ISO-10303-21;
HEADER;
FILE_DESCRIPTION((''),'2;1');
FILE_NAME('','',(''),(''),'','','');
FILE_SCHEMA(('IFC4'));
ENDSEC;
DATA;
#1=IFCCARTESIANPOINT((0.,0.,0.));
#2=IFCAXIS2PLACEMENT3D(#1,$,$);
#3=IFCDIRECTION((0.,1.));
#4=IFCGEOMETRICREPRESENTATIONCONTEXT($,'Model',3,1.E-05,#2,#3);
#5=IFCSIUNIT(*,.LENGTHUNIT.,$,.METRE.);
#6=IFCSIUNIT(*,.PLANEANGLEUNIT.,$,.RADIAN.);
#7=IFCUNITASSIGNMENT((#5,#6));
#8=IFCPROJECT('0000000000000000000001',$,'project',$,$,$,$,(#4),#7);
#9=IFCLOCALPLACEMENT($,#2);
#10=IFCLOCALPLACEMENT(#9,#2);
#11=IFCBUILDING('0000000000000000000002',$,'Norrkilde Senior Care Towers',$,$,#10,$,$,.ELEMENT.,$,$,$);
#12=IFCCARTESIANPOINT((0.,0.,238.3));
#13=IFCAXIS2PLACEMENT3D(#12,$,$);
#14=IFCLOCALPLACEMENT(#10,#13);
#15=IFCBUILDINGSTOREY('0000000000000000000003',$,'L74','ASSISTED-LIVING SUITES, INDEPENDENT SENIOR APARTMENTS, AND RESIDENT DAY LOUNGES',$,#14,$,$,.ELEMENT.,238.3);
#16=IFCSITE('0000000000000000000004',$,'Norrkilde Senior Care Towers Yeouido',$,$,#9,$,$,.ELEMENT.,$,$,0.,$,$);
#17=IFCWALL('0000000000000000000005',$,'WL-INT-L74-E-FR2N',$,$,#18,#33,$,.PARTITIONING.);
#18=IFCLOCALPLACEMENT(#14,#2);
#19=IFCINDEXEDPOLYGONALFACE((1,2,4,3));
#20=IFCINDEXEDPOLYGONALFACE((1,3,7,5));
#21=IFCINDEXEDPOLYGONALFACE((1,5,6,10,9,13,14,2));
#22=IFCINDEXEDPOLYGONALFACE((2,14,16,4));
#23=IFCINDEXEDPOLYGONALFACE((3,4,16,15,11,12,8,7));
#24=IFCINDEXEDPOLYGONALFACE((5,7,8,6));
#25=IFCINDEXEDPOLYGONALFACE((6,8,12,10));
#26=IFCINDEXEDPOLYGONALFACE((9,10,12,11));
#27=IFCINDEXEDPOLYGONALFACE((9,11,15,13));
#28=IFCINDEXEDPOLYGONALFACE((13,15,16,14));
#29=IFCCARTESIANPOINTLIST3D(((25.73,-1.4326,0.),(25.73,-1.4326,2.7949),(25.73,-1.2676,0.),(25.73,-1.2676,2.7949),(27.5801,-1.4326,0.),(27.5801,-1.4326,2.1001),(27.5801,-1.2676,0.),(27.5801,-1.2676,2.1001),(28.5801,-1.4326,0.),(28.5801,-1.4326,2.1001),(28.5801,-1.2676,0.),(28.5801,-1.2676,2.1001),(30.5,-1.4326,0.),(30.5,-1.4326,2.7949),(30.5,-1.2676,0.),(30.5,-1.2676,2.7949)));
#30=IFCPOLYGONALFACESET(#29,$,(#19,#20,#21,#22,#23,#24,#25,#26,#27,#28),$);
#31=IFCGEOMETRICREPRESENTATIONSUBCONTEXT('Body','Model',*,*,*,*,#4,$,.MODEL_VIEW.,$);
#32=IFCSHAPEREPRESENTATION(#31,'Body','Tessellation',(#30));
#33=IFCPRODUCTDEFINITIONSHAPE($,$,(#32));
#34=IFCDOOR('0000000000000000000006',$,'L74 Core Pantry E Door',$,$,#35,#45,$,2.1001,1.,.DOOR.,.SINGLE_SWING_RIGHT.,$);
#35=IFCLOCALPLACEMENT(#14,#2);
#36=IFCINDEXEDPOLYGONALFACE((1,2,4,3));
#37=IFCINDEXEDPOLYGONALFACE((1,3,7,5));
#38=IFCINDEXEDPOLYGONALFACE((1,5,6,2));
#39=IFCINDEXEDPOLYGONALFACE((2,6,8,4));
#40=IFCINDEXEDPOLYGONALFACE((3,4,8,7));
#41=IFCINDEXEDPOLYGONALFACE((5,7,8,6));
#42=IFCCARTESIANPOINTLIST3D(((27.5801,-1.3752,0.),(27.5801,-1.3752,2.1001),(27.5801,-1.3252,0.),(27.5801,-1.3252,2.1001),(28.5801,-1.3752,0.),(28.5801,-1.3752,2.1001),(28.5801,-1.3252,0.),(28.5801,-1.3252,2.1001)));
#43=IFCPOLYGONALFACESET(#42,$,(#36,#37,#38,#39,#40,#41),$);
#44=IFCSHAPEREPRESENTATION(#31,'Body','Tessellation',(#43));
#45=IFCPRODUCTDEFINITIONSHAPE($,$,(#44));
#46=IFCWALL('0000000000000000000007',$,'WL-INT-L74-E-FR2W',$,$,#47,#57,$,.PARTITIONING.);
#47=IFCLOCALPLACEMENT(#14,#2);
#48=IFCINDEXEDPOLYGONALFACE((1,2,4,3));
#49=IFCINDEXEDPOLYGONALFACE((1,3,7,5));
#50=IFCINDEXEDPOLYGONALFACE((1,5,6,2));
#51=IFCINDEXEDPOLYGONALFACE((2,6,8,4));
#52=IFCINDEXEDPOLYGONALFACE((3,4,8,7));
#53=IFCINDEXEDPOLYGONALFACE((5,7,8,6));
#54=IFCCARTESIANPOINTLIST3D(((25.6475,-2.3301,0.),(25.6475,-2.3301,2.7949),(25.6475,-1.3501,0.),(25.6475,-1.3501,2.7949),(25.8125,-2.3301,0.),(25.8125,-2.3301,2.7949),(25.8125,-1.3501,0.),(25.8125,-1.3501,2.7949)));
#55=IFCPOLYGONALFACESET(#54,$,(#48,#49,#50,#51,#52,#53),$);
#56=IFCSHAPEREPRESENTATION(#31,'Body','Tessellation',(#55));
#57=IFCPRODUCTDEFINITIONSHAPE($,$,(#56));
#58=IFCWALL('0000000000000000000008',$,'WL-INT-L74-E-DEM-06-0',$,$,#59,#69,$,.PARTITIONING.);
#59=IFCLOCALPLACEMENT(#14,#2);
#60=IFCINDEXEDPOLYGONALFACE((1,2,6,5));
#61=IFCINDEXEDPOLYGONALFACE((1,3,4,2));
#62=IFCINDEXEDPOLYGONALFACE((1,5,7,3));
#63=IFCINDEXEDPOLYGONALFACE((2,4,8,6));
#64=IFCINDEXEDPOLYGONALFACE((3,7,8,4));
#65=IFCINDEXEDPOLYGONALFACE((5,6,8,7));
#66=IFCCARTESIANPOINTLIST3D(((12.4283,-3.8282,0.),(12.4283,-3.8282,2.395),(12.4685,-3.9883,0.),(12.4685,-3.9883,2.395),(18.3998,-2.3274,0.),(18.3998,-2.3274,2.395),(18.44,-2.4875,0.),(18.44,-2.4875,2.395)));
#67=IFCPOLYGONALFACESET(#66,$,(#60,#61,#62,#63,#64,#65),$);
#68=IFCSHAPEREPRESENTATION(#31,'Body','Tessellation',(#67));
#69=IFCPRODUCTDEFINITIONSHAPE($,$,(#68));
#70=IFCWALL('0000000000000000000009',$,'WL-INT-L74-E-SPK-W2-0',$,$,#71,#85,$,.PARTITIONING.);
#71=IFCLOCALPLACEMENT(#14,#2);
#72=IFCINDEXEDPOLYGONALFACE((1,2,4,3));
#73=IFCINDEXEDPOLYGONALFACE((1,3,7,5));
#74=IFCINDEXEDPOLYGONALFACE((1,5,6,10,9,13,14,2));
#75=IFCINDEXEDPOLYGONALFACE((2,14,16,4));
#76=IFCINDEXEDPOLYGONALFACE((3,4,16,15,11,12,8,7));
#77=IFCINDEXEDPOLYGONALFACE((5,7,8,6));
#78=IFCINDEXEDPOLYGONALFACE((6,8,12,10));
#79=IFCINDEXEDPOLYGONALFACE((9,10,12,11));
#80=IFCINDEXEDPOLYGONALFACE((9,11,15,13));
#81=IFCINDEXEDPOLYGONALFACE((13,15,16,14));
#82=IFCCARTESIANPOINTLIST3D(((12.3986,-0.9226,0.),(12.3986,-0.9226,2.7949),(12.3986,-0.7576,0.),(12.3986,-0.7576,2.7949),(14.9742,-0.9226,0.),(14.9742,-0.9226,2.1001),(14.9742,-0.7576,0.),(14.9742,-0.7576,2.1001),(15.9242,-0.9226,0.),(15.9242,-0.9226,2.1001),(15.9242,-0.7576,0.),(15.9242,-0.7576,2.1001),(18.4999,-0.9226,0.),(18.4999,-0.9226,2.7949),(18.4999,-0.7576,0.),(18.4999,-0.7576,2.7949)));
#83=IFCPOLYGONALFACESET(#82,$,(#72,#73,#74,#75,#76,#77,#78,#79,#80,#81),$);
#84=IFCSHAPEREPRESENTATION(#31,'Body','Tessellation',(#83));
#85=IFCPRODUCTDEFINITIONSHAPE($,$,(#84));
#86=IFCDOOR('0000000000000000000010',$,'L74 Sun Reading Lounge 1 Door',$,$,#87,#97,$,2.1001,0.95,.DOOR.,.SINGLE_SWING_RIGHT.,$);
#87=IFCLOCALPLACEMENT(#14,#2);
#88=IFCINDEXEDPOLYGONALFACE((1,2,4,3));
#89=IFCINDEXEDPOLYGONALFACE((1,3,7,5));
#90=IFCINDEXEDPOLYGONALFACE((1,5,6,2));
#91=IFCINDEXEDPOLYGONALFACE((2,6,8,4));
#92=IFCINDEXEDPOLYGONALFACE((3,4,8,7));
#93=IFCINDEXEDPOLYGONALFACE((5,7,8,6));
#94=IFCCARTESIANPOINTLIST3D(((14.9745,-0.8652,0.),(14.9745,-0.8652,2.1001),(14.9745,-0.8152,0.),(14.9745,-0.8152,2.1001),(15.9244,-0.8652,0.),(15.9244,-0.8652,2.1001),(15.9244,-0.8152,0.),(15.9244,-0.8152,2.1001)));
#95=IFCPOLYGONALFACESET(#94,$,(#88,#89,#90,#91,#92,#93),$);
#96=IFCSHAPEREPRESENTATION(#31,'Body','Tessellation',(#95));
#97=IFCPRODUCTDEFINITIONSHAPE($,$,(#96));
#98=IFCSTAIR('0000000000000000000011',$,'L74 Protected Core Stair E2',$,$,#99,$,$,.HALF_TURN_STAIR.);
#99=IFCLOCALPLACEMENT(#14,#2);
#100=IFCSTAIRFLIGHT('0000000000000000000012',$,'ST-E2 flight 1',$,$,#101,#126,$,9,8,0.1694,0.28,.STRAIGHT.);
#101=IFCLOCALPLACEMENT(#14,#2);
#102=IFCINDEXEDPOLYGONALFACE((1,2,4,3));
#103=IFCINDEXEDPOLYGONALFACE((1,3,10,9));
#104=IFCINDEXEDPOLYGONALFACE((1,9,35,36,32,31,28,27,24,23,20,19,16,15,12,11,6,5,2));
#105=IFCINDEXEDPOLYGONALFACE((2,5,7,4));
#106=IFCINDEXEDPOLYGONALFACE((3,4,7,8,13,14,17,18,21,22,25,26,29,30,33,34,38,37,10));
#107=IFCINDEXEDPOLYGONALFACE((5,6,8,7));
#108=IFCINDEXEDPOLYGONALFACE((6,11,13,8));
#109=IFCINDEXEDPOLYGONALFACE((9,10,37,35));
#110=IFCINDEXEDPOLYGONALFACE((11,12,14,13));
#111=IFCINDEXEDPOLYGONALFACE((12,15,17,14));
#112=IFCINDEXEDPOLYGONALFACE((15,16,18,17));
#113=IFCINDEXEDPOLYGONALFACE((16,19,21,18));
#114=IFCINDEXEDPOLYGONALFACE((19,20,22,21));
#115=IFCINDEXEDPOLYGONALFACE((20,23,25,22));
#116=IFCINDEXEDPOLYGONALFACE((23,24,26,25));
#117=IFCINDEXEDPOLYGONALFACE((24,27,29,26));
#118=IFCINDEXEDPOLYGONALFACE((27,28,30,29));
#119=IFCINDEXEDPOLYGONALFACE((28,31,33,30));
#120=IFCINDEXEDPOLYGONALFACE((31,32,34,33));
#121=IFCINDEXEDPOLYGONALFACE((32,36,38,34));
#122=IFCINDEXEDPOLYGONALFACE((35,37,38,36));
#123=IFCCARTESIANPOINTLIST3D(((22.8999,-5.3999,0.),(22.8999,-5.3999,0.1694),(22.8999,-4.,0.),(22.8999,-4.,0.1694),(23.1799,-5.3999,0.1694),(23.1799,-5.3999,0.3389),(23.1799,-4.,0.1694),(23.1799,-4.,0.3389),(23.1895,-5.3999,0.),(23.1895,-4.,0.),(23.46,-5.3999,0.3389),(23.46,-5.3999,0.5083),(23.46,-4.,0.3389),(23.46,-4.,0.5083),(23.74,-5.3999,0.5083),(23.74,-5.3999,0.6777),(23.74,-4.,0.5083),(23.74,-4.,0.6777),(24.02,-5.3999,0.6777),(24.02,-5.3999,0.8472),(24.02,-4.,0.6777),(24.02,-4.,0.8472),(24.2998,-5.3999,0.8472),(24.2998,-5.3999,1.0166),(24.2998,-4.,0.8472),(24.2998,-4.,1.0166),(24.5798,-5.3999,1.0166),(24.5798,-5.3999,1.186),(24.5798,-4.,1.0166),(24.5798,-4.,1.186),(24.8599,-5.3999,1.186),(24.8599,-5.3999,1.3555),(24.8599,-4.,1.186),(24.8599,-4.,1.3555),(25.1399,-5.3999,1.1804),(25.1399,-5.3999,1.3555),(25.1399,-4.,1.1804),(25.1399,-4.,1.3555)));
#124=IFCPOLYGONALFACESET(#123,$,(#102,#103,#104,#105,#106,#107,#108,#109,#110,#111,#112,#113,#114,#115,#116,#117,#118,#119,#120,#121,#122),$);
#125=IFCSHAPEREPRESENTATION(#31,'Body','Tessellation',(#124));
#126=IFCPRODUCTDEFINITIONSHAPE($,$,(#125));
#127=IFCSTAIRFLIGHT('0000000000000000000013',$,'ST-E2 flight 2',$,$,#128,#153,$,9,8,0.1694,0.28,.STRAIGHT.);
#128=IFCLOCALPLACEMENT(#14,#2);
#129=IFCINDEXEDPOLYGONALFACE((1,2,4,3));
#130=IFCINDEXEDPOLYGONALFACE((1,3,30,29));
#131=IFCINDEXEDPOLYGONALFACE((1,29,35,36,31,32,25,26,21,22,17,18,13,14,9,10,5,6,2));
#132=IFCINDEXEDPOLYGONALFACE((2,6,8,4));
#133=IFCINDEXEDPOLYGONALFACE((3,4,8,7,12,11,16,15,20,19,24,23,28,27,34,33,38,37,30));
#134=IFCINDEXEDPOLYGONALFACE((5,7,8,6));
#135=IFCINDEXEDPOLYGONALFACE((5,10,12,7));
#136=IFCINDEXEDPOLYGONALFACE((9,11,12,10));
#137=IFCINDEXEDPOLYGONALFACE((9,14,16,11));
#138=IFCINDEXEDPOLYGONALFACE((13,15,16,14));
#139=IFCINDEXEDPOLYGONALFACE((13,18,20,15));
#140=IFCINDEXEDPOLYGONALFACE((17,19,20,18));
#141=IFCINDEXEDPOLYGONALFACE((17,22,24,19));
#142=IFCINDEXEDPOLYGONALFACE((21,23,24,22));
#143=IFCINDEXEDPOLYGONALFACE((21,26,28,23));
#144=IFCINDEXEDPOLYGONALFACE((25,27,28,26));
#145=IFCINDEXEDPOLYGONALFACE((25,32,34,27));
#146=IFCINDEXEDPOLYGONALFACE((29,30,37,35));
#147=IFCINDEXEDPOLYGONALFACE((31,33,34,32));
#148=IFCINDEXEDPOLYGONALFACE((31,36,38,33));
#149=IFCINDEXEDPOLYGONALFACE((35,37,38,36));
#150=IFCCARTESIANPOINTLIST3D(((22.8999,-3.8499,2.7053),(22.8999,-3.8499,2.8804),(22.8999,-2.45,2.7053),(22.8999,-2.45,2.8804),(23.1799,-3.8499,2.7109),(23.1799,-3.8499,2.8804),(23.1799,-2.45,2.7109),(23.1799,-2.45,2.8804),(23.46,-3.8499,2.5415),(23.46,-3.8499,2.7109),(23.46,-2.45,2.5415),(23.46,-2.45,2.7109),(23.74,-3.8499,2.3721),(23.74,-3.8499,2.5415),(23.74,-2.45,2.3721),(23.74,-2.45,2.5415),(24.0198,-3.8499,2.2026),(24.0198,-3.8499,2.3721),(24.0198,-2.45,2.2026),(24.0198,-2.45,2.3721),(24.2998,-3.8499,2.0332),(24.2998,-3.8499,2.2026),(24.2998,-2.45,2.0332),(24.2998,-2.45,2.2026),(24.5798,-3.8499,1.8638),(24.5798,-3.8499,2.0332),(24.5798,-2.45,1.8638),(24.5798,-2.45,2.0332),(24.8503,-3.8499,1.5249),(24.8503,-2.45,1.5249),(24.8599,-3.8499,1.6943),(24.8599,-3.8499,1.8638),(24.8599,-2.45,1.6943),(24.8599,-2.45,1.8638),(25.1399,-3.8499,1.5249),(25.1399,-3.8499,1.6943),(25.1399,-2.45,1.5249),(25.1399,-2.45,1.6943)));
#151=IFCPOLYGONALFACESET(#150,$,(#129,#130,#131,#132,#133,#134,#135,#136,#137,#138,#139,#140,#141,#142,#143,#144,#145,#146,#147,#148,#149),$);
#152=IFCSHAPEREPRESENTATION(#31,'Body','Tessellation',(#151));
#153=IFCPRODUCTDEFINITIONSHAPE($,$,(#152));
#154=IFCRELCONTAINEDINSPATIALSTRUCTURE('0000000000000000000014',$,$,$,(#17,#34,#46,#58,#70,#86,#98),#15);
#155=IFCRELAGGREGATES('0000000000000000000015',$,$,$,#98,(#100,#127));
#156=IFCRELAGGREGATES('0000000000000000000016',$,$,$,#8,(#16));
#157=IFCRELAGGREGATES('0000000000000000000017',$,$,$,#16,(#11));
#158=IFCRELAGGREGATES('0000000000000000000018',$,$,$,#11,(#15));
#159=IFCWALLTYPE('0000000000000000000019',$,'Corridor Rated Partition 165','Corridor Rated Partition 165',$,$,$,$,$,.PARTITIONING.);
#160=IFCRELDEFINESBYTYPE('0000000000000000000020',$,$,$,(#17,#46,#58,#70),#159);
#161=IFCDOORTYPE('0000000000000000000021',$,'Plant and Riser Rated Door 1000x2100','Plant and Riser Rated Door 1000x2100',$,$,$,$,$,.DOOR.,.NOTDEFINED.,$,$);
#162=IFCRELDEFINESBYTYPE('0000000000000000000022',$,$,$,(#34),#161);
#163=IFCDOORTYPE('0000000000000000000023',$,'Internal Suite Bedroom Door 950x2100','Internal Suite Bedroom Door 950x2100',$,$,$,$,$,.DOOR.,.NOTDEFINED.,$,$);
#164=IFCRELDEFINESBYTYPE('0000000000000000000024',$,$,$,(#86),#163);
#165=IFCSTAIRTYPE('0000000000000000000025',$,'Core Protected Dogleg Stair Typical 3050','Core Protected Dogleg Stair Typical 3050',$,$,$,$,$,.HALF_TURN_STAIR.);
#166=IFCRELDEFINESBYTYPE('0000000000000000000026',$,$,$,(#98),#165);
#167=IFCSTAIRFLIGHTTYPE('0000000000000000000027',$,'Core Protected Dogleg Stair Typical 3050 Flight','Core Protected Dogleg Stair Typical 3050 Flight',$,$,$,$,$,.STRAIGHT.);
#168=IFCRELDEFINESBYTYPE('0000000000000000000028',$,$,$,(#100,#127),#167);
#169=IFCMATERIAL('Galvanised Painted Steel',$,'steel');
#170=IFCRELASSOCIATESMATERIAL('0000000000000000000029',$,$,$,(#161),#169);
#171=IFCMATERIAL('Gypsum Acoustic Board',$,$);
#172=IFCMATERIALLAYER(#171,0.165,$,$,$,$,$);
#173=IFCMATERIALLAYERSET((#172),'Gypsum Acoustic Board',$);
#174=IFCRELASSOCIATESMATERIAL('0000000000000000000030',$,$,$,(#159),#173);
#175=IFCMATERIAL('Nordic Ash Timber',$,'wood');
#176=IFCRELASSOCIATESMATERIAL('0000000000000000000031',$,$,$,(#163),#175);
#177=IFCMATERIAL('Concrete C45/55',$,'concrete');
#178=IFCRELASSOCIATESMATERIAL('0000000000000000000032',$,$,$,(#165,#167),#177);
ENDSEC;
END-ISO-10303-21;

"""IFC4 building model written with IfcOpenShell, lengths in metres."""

from ifc_helpers import new_model, si_unit, direction, frame, frame_2d, origin, place, context, subcontext, project, spatial, polyline, rectangle, outline, extrude, source, transform, mapped, material, layer, layer_set, type_object, type_shapes, element, fill, aggregate, save


model = new_model("IFC4")

# Units and contexts
model_context = context("Model", 3, precision=1e-05, world=origin(), true_north=direction((0.0, 1.0)))
body_context = subcontext(model_context, "Body", "Model", "MODEL_VIEW")
ifc_project = project(units=[si_unit("LENGTHUNIT", "METRE"), si_unit("PLANEANGLEUNIT", "RADIAN")], contexts=[model_context])

# Site, building, storey
site_placement = place(None, origin())
site = spatial("IfcSite", under=ifc_project, at=site_placement, Name="Norrkilde Senior Care Towers Yeouido", CompositionType="ELEMENT", RefElevation=0.0)
building_placement = place(site_placement, origin())
building = spatial("IfcBuilding", under=site, at=building_placement, Name="Norrkilde Senior Care Towers", CompositionType="ELEMENT")
storey_placement = place(building_placement, frame((0.0, 0.0, 238.3)))
storey = spatial("IfcBuildingStorey", under=building, at=storey_placement, Name="L74", Description="ASSISTED-LIVING SUITES, INDEPENDENT SENIOR APARTMENTS, AND RESIDENT DAY LOUNGES", CompositionType="ELEMENT", Elevation=238.3)

# Shared definitions
ifc_material_1 = material(Name="Galvanised Painted Steel", Category="steel")

# Shared definitions
ifc_material_2 = material(Name="Concrete C45/55", Category="concrete")
door_type_1 = type_object("IfcDoorType", Name="Plant and Riser Rated Door 1000x2100", Description="Plant and Riser Rated Door 1000x2100", OperationType="NOTDEFINED", PredefinedType="DOOR", material=ifc_material_1)
shared_shape_1 = source(origin(), body_context, "Body", "SweptSolid", [
    extrude(rectangle(XDim=1.0, YDim=2.1001, at=frame_2d((0.5, 1.05))), frame((0.0, 0.0249, 0.0), z_axis=(0.0, -1.0, 0.0), x_axis=(1.0, 0.0, 0.0)), (0.0, 0.0, 1.0), 0.05),
])
type_shapes(door_type_1, [shared_shape_1])

# Wall, opening, door
ifc_material_3 = material(Name="Gypsum Acoustic Board")
ifc_layer_1 = layer(ifc_material_3, 0.165)
ifc_layer_set_1 = layer_set([ifc_layer_1], Name="Gypsum Acoustic Board")
wall_type_1 = type_object("IfcWallType", Name="Corridor Rated Partition 165", Description="Corridor Rated Partition 165", PredefinedType="PARTITIONING", material=ifc_layer_set_1)
shared_shape_2 = source(origin(), body_context, "Body", "SweptSolid", [
    extrude(rectangle(XDim=4.77, YDim=0.165, at=frame_2d((2.385, 0.0))), origin(), (0.0, 0.0, 1.0), 2.7949),
])
wall_1_placement = place(storey_placement, frame((25.73, -1.3501, 0.0), z_axis=(0.0, 0.0, 1.0), x_axis=(1.0, 0.0, 0.0)))
wall_1 = element("IfcWall", 1, at=wall_1_placement, inside=storey, type_object=wall_type_1, Name="WL-INT-L74-E-FR2N", PredefinedType="PARTITIONING", context=body_context, shape_type="MappedRepresentation", body=[
    mapped(shared_shape_2, transform((0.0, 0.0, 0.0), x_axis=(1.0, 0.0, 0.0), y_axis=(0.0, 1.0, 0.0), z_axis=(0.0, 0.0, 1.0), scale=1.0)),
])
opening_1_placement = place(wall_1_placement, frame((1.8501, 0.0, 0.0)))
opening_1 = element("IfcOpeningElement", 2, at=opening_1_placement, cuts=wall_1, PredefinedType="OPENING", context=body_context, shape_type="SweptSolid", body=[
    extrude(rectangle(XDim=1.0, YDim=2.1001, at=frame_2d((0.5, 1.05))), frame((0.0, 0.0925, 0.0), z_axis=(0.0, -1.0, 0.0), x_axis=(1.0, 0.0, 0.0)), (0.0, 0.0, 1.0), 0.1851),
])
door_1_placement = place(opening_1_placement, origin())
door_1 = element("IfcDoor", 3, at=door_1_placement, inside=storey, type_object=door_type_1, Name="L74 Core Pantry E Door", OperationType="SINGLE_SWING_RIGHT", OverallHeight=2.1001, OverallWidth=1.0, PredefinedType="DOOR", context=body_context, shape_type="MappedRepresentation", body=[
    mapped(shared_shape_1, transform((0.0, 0.0, 0.0), x_axis=(1.0, 0.0, 0.0), y_axis=(0.0, 1.0, 0.0), z_axis=(0.0, 0.0, 1.0), scale=1.0)),
])
fill(opening_1, door_1)

# Wall
shared_shape_3 = source(origin(), body_context, "Body", "SweptSolid", [
    extrude(rectangle(XDim=0.98, YDim=0.165, at=frame_2d((0.49, 0.0))), origin(), (0.0, 0.0, 1.0), 2.7949),
])
wall_2_placement = place(storey_placement, frame((25.73, -2.3301, 0.0), z_axis=(0.0, 0.0, 1.0), x_axis=(0.0, 1.0, 0.0)))
element("IfcWall", 4, at=wall_2_placement, inside=storey, type_object=wall_type_1, Name="WL-INT-L74-E-FR2W", PredefinedType="PARTITIONING", context=body_context, shape_type="MappedRepresentation", body=[
    mapped(shared_shape_3, transform((0.0, 0.0, 0.0), x_axis=(1.0, 0.0, 0.0), y_axis=(0.0, 1.0, 0.0), z_axis=(0.0, 0.0, 1.0), scale=1.0)),
])

# Wall
shared_shape_4 = source(origin(), body_context, "Body", "SweptSolid", [
    extrude(rectangle(XDim=6.1572, YDim=0.165, at=frame_2d((3.0786, 0.0))), origin(), (0.0, 0.0, 1.0), 2.395),
])
wall_3_placement = place(storey_placement, frame((18.4199, -2.4075, 0.0), z_axis=(0.0, 0.0, 1.0), x_axis=(-0.969841, -0.243739, 0.0)))
element("IfcWall", 5, at=wall_3_placement, inside=storey, type_object=wall_type_1, Name="WL-INT-L74-E-DEM-06-0", PredefinedType="PARTITIONING", context=body_context, shape_type="MappedRepresentation", body=[
    mapped(shared_shape_4, transform((0.0, 0.0, 0.0), x_axis=(1.0, 0.0, 0.0), y_axis=(0.0, 1.0, 0.0), z_axis=(0.0, 0.0, 1.0), scale=1.0)),
])

# Wall, opening, door
shared_shape_5 = source(origin(), body_context, "Body", "SweptSolid", [
    extrude(rectangle(XDim=6.1013, YDim=0.165, at=frame_2d((3.0508, 0.0))), origin(), (0.0, 0.0, 1.0), 2.7949),
])
type_shapes(wall_type_1, [shared_shape_2, shared_shape_3, shared_shape_4, shared_shape_5])
wall_4_placement = place(storey_placement, frame((18.5, -0.8401, 0.0), z_axis=(0.0, 0.0, 1.0), x_axis=(-1.0, 0.0, 0.0)))
wall_4 = element("IfcWall", 6, at=wall_4_placement, inside=storey, type_object=wall_type_1, Name="WL-INT-L74-E-SPK-W2-0", PredefinedType="PARTITIONING", context=body_context, shape_type="MappedRepresentation", body=[
    mapped(shared_shape_5, transform((0.0, 0.0, 0.0), x_axis=(1.0, 0.0, 0.0), y_axis=(0.0, 1.0, 0.0), z_axis=(0.0, 0.0, 1.0), scale=1.0)),
])
opening_2_placement = place(wall_4_placement, frame((2.5757, 0.0, 0.0)))
opening_2 = element("IfcOpeningElement", 7, at=opening_2_placement, cuts=wall_4, PredefinedType="OPENING", context=body_context, shape_type="SweptSolid", body=[
    extrude(rectangle(XDim=0.95, YDim=2.1001, at=frame_2d((0.4751, 1.05))), frame((0.0, 0.0925, 0.0), z_axis=(0.0, -1.0, 0.0), x_axis=(1.0, 0.0, 0.0)), (0.0, 0.0, 1.0), 0.1851),
])
ifc_material_4 = material(Name="Nordic Ash Timber", Category="wood")
door_type_2 = type_object("IfcDoorType", Name="Internal Suite Bedroom Door 950x2100", Description="Internal Suite Bedroom Door 950x2100", OperationType="NOTDEFINED", PredefinedType="DOOR", material=ifc_material_4)
shared_shape_6 = source(origin(), body_context, "Body", "SweptSolid", [
    extrude(rectangle(XDim=0.95, YDim=2.1001, at=frame_2d((0.4751, 1.05))), frame((0.0, 0.0249, 0.0), z_axis=(0.0, -1.0, 0.0), x_axis=(1.0, 0.0, 0.0)), (0.0, 0.0, 1.0), 0.05),
])
type_shapes(door_type_2, [shared_shape_6])
door_2_placement = place(opening_2_placement, frame((0.95, 0.0, 0.0), z_axis=(0.0, 0.0, 1.0), x_axis=(-1.0, 0.0, 0.0)))
door_2 = element("IfcDoor", 8, at=door_2_placement, inside=storey, type_object=door_type_2, Name="L74 Sun Reading Lounge 1 Door", OperationType="SINGLE_SWING_RIGHT", OverallHeight=2.1001, OverallWidth=0.95, PredefinedType="DOOR", context=body_context, shape_type="MappedRepresentation", body=[
    mapped(shared_shape_6, transform((0.0, 0.0, 0.0), x_axis=(1.0, 0.0, 0.0), y_axis=(0.0, 1.0, 0.0), z_axis=(0.0, 0.0, 1.0), scale=1.0)),
])
fill(opening_2, door_2)

# Stair, stair flights
stair_type = type_object("IfcStairType", Name="Core Protected Dogleg Stair Typical 3050", Description="Core Protected Dogleg Stair Typical 3050", PredefinedType="HALF_TURN_STAIR", material=ifc_material_2)
stair_placement = place(storey_placement, origin())
stair = element("IfcStair", 9, at=stair_placement, inside=storey, type_object=stair_type, Name="L74 Protected Core Stair E2", PredefinedType="HALF_TURN_STAIR")
stair_flight_type = type_object("IfcStairFlightType", Name="Core Protected Dogleg Stair Typical 3050 Flight", Description="Core Protected Dogleg Stair Typical 3050 Flight", PredefinedType="STRAIGHT", material=ifc_material_2)
stair_flight_1_placement = place(storey_placement, frame((22.8999, -4.7, 0.0), z_axis=(0.0, 0.0, 1.0), x_axis=(1.0, 0.0, 0.0)))
stair_flight_1 = element("IfcStairFlight", 10, at=stair_flight_1_placement, type_object=stair_flight_type, Name="ST-E2 flight 1", NumberOfRisers=9, NumberOfTreads=8, PredefinedType="STRAIGHT", RiserHeight=0.1694, TreadLength=0.28, context=body_context, shape_type="SweptSolid", body=[
    extrude(outline(polyline([(0.0, 0.0), (0.0, 0.1694), (0.28, 0.1694), (0.28, 0.3389), (0.5601, 0.3389), (0.5601, 0.5083), (0.8401, 0.5083), (0.8401, 0.6777), (1.1201, 0.6777), (1.1201, 0.8472), (1.3999, 0.8472), (1.3999, 1.0166), (1.6799, 1.0166), (1.6799, 1.186), (1.96, 1.186), (1.96, 1.3555), (2.24, 1.3555), (2.24, 1.5249), (2.24, 1.1804), (0.2896, 0.0), (0.0, 0.0)])), frame((0.0, 0.7, 0.0), z_axis=(0.0, -1.0, 0.0), x_axis=(1.0, 0.0, 0.0)), (0.0, 0.0, 1.0), 1.3999),
])
stair_flight_2_placement = place(storey_placement, frame((25.1399, -3.1499, 1.5249), z_axis=(0.0, 0.0, 1.0), x_axis=(-1.0, 0.0, 0.0)))
stair_flight_2 = element("IfcStairFlight", 11, at=stair_flight_2_placement, type_object=stair_flight_type, Name="ST-E2 flight 2", NumberOfRisers=9, NumberOfTreads=8, PredefinedType="STRAIGHT", RiserHeight=0.1694, TreadLength=0.28, context=body_context, shape_type="SweptSolid", body=[
    extrude(outline(polyline([(0.0, 0.0), (0.0, 0.1694), (0.28, 0.1694), (0.28, 0.3389), (0.5601, 0.3389), (0.5601, 0.5083), (0.8401, 0.5083), (0.8401, 0.6777), (1.1201, 0.6777), (1.1201, 0.8472), (1.3999, 0.8472), (1.3999, 1.0166), (1.6799, 1.0166), (1.6799, 1.186), (1.96, 1.186), (1.96, 1.3555), (2.24, 1.3555), (2.24, 1.5249), (2.24, 1.1804), (0.2896, 0.0), (0.0, 0.0)])), frame((0.0, 0.7, 0.0), z_axis=(0.0, -1.0, 0.0), x_axis=(1.0, 0.0, 0.0)), (0.0, 0.0, 1.0), 1.3999),
])
aggregate(stair, [stair_flight_1, stair_flight_2])

save(model, "model.ifc")
